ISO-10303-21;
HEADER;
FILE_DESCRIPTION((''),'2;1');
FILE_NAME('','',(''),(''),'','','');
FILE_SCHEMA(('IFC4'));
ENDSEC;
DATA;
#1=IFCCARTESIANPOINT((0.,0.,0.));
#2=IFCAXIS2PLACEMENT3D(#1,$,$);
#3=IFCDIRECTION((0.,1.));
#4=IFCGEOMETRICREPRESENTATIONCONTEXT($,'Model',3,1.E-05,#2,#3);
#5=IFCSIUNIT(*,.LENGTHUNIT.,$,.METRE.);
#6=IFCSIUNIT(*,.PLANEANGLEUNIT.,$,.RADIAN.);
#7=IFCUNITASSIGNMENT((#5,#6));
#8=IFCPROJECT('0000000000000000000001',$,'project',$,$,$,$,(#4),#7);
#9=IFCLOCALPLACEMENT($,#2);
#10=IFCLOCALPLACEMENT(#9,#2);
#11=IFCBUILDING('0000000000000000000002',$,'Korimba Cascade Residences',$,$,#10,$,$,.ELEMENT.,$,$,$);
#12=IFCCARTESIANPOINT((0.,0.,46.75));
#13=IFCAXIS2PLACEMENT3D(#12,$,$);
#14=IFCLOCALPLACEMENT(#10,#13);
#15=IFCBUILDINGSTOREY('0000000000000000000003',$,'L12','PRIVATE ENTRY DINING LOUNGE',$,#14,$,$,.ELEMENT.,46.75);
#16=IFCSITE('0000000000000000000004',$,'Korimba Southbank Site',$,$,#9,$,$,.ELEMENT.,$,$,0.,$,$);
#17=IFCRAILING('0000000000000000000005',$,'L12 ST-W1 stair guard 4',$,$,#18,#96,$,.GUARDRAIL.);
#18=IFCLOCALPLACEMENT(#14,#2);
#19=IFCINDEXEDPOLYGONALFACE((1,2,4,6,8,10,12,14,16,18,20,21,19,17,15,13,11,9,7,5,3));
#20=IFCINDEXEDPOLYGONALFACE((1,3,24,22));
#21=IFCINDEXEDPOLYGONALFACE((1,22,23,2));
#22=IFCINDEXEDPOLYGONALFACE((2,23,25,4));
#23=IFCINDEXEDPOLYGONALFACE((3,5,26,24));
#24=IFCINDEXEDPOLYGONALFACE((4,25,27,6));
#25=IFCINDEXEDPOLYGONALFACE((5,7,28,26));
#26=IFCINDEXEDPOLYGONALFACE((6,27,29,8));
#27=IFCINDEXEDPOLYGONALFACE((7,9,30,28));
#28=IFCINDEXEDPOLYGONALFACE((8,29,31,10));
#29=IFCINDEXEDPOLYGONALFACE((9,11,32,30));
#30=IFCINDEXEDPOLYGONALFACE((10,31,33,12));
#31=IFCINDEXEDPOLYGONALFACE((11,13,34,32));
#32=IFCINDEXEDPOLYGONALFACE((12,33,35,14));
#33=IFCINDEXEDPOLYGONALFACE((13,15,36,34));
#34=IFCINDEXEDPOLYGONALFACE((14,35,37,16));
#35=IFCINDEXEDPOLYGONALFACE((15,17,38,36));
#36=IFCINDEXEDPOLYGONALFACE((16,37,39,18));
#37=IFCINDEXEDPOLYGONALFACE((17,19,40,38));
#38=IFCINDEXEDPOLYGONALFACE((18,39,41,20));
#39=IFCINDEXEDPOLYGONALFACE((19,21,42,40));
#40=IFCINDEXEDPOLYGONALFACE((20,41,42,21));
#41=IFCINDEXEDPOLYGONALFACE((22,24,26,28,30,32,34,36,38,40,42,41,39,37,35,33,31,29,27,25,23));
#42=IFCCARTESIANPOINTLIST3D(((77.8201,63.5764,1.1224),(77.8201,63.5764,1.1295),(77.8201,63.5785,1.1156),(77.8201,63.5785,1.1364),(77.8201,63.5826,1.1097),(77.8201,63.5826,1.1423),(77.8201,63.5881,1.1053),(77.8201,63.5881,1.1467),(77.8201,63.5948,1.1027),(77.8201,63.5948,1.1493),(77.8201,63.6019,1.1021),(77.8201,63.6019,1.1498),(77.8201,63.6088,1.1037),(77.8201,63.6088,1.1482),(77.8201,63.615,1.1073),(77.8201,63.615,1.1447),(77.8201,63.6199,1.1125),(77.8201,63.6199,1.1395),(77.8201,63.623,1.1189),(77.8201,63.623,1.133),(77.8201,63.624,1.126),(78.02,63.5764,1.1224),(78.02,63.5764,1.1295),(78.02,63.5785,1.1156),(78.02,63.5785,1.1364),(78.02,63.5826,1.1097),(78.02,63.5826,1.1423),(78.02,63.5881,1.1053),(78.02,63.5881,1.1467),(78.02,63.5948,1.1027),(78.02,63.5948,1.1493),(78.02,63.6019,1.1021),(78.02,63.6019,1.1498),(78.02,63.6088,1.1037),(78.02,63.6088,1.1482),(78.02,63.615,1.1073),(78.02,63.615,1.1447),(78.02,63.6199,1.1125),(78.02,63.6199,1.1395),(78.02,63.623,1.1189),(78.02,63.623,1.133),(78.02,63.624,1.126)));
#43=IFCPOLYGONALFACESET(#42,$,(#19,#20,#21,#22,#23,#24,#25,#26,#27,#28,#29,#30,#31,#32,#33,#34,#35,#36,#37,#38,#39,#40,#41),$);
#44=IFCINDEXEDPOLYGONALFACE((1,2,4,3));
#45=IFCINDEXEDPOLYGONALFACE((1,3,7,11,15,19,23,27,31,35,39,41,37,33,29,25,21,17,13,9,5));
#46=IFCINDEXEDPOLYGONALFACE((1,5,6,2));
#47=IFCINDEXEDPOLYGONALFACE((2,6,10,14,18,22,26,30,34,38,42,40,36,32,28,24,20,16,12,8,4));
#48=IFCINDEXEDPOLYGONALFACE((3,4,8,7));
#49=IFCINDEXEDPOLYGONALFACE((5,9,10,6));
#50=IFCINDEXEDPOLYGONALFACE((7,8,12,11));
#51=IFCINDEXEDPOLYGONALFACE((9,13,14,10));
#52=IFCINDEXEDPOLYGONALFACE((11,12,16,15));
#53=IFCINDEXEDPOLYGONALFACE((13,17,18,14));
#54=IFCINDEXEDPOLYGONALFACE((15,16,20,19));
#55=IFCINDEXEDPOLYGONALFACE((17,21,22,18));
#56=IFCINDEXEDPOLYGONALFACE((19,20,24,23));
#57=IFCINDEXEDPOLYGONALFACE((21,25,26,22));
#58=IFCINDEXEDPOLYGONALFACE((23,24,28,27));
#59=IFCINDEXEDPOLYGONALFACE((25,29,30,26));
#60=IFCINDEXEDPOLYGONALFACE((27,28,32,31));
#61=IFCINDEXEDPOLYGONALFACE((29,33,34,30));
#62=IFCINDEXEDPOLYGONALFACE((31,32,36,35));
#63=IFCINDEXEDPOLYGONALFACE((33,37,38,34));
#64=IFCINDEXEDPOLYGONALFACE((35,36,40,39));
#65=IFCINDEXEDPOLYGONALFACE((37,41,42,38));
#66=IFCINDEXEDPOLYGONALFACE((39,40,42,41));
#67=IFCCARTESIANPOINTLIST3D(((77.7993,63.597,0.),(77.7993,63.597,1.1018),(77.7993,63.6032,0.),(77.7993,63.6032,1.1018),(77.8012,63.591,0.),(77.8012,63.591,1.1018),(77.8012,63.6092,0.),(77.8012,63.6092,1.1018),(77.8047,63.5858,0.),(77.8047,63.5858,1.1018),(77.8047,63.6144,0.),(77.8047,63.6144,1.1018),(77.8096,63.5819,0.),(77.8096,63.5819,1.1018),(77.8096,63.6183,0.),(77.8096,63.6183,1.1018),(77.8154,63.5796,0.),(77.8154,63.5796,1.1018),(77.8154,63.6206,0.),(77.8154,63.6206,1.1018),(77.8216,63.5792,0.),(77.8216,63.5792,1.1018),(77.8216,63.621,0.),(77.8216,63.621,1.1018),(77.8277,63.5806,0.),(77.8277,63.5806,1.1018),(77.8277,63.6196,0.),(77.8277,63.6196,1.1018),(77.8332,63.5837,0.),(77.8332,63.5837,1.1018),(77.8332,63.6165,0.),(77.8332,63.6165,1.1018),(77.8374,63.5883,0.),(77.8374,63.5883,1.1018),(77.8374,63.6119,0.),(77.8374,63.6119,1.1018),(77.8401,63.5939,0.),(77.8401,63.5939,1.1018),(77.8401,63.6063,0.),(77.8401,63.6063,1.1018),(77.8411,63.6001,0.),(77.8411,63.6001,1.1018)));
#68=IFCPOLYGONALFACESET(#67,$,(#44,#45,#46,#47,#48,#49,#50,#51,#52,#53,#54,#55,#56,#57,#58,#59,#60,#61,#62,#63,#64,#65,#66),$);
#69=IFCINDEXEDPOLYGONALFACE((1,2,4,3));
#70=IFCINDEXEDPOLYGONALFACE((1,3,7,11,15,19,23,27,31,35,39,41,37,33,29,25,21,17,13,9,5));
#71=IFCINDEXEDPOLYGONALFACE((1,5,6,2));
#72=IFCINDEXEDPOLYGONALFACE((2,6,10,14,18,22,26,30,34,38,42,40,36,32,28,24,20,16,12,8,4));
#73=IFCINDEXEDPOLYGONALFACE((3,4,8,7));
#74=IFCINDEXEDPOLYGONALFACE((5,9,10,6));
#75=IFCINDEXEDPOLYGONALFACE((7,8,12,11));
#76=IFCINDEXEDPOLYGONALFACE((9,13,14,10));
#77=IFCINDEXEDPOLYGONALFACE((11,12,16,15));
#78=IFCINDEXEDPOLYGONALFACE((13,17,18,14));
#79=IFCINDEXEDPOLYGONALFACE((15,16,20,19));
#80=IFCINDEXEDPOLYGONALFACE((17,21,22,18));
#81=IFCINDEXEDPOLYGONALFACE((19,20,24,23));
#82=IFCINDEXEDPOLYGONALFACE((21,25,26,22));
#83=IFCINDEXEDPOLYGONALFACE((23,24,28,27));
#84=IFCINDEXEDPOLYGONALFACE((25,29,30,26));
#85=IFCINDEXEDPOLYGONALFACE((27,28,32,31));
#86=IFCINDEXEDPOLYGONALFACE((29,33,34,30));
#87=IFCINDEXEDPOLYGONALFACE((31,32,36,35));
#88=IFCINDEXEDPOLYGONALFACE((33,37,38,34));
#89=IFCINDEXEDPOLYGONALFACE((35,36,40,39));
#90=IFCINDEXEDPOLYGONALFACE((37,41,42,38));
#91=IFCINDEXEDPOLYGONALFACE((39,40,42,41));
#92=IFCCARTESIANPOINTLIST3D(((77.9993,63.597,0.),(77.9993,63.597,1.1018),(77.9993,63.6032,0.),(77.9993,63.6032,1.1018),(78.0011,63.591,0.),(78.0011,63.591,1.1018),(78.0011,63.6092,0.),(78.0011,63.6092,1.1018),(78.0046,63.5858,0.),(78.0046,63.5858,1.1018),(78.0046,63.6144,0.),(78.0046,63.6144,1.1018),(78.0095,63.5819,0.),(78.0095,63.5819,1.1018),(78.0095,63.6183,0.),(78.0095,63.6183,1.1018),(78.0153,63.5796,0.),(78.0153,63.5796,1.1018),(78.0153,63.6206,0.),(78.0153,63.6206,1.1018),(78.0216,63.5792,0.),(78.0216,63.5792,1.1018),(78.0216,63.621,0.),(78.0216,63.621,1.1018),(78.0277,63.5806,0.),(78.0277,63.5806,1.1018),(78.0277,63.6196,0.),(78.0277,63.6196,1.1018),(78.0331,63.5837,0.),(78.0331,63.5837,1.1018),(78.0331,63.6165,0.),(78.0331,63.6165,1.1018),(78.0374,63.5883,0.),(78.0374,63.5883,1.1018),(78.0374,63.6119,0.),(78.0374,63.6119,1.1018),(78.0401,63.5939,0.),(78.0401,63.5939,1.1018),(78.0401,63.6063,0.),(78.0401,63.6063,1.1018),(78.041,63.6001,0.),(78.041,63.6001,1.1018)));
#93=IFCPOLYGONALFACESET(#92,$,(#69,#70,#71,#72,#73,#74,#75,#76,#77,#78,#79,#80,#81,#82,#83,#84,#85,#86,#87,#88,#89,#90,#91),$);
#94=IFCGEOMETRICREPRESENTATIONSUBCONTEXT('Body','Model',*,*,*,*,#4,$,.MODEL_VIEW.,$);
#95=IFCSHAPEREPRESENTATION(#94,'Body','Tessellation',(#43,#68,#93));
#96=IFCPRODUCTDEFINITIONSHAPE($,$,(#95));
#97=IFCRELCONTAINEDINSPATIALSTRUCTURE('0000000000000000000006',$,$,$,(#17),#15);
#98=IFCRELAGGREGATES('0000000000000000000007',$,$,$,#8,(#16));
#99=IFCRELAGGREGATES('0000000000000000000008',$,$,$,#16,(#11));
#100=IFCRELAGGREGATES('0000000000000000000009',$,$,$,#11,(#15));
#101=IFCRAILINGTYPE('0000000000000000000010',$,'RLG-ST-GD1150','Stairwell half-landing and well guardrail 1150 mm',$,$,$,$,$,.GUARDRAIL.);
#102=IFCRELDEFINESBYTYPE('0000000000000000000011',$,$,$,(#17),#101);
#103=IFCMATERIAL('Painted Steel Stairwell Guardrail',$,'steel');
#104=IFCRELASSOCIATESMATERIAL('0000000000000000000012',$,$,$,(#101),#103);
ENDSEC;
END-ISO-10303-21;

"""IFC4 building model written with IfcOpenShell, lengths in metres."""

from ifc_helpers import new_model, si_unit, direction, frame, origin, origin_2d, place, context, subcontext, project, spatial, circle, extrude, material, type_object, element, save


model = new_model("IFC4")

# Units and contexts
model_context = context("Model", 3, precision=1e-05, world=origin(), true_north=direction((0.0, 1.0)))
body_context = subcontext(model_context, "Body", "Model", "MODEL_VIEW")
ifc_project = project(units=[si_unit("LENGTHUNIT", "METRE"), si_unit("PLANEANGLEUNIT", "RADIAN")], contexts=[model_context])

# Site, building, storey
site_placement = place(None, origin())
site = spatial("IfcSite", under=ifc_project, at=site_placement, Name="Korimba Southbank Site", CompositionType="ELEMENT", RefElevation=0.0)
building_placement = place(site_placement, origin())
building = spatial("IfcBuilding", under=site, at=building_placement, Name="Korimba Cascade Residences", CompositionType="ELEMENT")
storey_placement = place(building_placement, frame((0.0, 0.0, 46.75)))
storey = spatial("IfcBuildingStorey", under=building, at=storey_placement, Name="L12", Description="PRIVATE ENTRY DINING LOUNGE", CompositionType="ELEMENT", Elevation=46.75)

# Railing
ifc_material_1 = material(Name="Painted Steel Stairwell Guardrail", Category="steel")
railing_type_1 = type_object("IfcRailingType", Name="RLG-ST-GD1150", Description="Stairwell half-landing and well guardrail 1150 mm", PredefinedType="GUARDRAIL", material=ifc_material_1)
railing_1_placement = place(storey_placement, frame((77.8201, 63.6001, 0.0)))
element("IfcRailing", 1, at=railing_1_placement, inside=storey, type_object=railing_type_1, Name="L12 ST-W1 stair guard 4", PredefinedType="GUARDRAIL", context=body_context, shape_type="SweptSolid", body=[
    extrude(circle(Radius=0.0239, at=origin_2d()), frame((0.0, 0.0, 1.126), z_axis=(1.0, 0.0, 0.0), x_axis=(0.0, 1.0, 0.0)), (0.0, 0.0, 1.0), 0.2),
    extrude(circle(Radius=0.021, at=origin_2d()), origin(), (0.0, 0.0, 1.0), 1.1018),
    extrude(circle(Radius=0.021, at=origin_2d()), frame((0.2, 0.0, 0.0)), (0.0, 0.0, 1.0), 1.1018),
])

save(model, "model.ifc")
